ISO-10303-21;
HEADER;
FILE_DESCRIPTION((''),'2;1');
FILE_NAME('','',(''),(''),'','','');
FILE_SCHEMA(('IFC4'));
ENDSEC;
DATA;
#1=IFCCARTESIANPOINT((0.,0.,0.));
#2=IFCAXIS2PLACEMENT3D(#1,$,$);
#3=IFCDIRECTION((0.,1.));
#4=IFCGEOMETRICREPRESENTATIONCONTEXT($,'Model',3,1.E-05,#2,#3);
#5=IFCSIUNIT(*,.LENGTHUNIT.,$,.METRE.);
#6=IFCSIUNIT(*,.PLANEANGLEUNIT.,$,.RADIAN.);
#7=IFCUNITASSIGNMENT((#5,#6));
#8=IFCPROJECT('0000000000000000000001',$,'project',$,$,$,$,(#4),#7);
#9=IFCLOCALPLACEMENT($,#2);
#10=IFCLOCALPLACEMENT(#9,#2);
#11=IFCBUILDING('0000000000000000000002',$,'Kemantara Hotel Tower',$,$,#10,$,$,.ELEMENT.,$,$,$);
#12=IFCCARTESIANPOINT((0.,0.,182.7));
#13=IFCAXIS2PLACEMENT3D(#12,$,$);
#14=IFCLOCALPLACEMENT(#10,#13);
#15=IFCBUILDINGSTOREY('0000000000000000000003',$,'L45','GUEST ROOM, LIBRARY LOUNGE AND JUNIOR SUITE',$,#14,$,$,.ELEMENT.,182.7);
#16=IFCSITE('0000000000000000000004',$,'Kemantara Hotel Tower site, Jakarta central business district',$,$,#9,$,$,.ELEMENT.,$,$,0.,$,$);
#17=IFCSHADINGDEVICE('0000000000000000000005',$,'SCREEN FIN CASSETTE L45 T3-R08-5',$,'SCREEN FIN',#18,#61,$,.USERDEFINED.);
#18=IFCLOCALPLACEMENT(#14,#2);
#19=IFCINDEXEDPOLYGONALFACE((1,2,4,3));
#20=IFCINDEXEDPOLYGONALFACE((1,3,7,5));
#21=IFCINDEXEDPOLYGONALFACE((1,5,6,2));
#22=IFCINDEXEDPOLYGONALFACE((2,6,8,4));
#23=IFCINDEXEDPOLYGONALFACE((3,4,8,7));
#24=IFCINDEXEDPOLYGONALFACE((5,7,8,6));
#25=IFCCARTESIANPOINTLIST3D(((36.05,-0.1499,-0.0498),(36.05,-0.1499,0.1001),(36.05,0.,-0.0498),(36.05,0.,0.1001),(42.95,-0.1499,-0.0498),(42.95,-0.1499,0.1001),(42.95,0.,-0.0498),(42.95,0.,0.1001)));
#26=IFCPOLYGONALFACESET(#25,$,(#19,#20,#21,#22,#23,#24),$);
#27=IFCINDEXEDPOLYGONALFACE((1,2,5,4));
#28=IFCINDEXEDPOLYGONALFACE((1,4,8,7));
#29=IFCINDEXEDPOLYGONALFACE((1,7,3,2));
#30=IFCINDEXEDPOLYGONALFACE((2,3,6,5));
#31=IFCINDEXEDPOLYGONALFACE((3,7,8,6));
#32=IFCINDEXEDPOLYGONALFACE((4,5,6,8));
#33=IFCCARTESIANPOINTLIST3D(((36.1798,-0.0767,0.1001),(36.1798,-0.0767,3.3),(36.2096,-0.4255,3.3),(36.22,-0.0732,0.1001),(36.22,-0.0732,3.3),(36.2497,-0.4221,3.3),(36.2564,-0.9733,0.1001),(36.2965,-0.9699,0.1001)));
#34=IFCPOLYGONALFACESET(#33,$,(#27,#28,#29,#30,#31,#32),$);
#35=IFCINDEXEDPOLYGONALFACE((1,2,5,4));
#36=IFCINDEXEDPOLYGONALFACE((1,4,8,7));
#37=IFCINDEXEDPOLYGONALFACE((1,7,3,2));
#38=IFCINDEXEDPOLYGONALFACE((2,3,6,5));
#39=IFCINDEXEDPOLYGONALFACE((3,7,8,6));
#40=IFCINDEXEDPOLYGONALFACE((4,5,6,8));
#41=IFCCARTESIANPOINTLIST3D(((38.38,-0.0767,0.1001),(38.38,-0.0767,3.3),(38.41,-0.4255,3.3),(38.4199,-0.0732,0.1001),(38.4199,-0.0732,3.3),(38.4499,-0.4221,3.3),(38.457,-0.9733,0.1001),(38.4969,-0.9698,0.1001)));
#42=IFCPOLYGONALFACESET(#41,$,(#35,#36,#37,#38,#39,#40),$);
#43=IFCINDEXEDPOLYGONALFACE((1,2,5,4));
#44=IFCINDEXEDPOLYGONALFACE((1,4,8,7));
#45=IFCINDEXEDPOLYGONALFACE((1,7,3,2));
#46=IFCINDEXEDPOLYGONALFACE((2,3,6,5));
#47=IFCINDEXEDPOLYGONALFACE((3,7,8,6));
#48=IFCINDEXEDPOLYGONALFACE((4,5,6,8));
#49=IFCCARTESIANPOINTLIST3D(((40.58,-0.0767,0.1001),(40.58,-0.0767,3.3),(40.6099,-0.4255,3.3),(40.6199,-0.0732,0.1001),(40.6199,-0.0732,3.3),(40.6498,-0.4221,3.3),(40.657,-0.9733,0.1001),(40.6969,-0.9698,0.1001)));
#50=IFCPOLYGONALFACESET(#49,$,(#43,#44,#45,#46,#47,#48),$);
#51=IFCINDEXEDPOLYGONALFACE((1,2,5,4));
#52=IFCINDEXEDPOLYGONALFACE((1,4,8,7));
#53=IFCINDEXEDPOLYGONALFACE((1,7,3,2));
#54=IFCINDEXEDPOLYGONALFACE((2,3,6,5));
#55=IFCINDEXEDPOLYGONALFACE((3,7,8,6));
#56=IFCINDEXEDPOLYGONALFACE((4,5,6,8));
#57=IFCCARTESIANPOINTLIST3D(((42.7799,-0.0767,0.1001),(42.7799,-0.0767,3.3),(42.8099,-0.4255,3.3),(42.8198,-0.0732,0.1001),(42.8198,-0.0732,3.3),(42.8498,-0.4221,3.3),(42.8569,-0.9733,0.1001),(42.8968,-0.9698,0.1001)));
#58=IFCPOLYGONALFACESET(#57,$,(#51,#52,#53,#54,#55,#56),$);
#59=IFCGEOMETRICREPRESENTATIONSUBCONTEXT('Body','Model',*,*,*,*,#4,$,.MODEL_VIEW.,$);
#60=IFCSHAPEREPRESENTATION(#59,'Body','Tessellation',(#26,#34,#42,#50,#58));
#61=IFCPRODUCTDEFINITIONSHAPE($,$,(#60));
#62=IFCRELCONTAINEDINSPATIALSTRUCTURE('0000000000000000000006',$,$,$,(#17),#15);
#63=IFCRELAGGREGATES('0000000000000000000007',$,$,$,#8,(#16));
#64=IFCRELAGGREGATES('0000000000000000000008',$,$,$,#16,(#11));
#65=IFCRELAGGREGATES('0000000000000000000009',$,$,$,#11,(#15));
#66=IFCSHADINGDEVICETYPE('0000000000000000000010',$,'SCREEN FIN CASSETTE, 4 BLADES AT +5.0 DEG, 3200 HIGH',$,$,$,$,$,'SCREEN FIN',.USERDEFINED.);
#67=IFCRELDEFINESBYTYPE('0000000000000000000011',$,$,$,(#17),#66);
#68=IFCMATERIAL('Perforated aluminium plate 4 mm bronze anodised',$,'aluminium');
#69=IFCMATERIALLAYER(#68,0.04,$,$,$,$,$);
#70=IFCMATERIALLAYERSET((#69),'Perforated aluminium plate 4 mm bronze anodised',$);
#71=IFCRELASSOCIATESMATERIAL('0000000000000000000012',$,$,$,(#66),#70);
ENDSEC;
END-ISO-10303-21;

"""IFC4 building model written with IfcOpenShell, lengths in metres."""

from ifc_helpers import new_model, si_unit, direction, frame, origin, origin_2d, place, context, subcontext, project, spatial, polyline, rectangle, outline, extrude, source, transform, mapped, material, layer, layer_set, type_object, element, save


model = new_model("IFC4")

# Units and contexts
model_context = context("Model", 3, precision=1e-05, world=origin(), true_north=direction((0.0, 1.0)))
body_context = subcontext(model_context, "Body", "Model", "MODEL_VIEW")
ifc_project = project(units=[si_unit("LENGTHUNIT", "METRE"), si_unit("PLANEANGLEUNIT", "RADIAN")], contexts=[model_context])

# Site, building, storey
site_placement = place(None, origin())
site = spatial("IfcSite", under=ifc_project, at=site_placement, Name="Kemantara Hotel Tower site, Jakarta central business district", CompositionType="ELEMENT", RefElevation=0.0)
building_placement = place(site_placement, origin())
building = spatial("IfcBuilding", under=site, at=building_placement, Name="Kemantara Hotel Tower", CompositionType="ELEMENT")
storey_placement = place(building_placement, frame((0.0, 0.0, 182.7)))
storey = spatial("IfcBuildingStorey", under=building, at=storey_placement, Name="L45", Description="GUEST ROOM, LIBRARY LOUNGE AND JUNIOR SUITE", CompositionType="ELEMENT", Elevation=182.7)

# Shading device
ifc_material_1 = material(Name="Perforated aluminium plate 4 mm bronze anodised", Category="aluminium")
ifc_layer_1 = layer(ifc_material_1, 0.04)
ifc_layer_set_1 = layer_set([ifc_layer_1], Name="Perforated aluminium plate 4 mm bronze anodised")
shading_device_type_1 = type_object("IfcShadingDeviceType", Name="SCREEN FIN CASSETTE, 4 BLADES AT +5.0 DEG, 3200 HIGH", ElementType="SCREEN FIN", PredefinedType="USERDEFINED", material=ifc_layer_set_1)
shared_shape_1 = source(origin(), body_context, "Body", "SweptSolid", [
    extrude(rectangle(XDim=6.8999, YDim=0.1499, at=origin_2d()), frame((3.3, -0.075, -0.1499), z_axis=(0.0, 0.0, 1.0), x_axis=(1.0, 0.0, 0.0)), (0.0, 0.0, 1.0), 0.1499),
    extrude(outline(polyline([(0.0, 0.0), (0.8999, 0.0), (0.3501, 3.2), (0.0, 3.2), (0.0, 0.0)])), frame((0.02, -0.0732, 0.0), z_axis=(-0.996376, -0.085056, 0.0), x_axis=(0.085056, -0.996376, 0.0)), (0.0, 0.0, 1.0), 0.0403),
    extrude(outline(polyline([(0.0, 0.0), (0.8999, 0.0), (0.3501, 3.2), (0.0, 3.2), (0.0, 0.0)])), frame((2.22, -0.0732, 0.0), z_axis=(-0.996332, -0.085575, 0.0), x_axis=(0.085575, -0.996332, 0.0)), (0.0, 0.0, 1.0), 0.04),
    extrude(outline(polyline([(0.0, 0.0), (0.8999, 0.0), (0.3501, 3.2), (0.0, 3.2), (0.0, 0.0)])), frame((4.4199, -0.0732, 0.0), z_axis=(-0.996332, -0.085575, 0.0), x_axis=(0.085575, -0.996332, 0.0)), (0.0, 0.0, 1.0), 0.04),
    extrude(outline(polyline([(0.0, 0.0), (0.8999, 0.0), (0.3501, 3.2), (0.0, 3.2), (0.0, 0.0)])), frame((6.6199, -0.0732, 0.0), z_axis=(-0.996332, -0.085575, 0.0), x_axis=(0.085575, -0.996332, 0.0)), (0.0, 0.0, 1.0), 0.04),
])
shading_device_1_placement = place(storey_placement, frame((36.2, 0.0, 0.1001), z_axis=(0.0, 0.0, 1.0), x_axis=(1.0, 0.0, 0.0)))
element("IfcShadingDevice", 1, at=shading_device_1_placement, inside=storey, type_object=shading_device_type_1, Name="SCREEN FIN CASSETTE L45 T3-R08-5", ObjectType="SCREEN FIN", PredefinedType="USERDEFINED", context=body_context, shape_type="MappedRepresentation", body=[
    mapped(shared_shape_1, transform((0.0, 0.0, 0.0))),
])

save(model, "model.ifc")
